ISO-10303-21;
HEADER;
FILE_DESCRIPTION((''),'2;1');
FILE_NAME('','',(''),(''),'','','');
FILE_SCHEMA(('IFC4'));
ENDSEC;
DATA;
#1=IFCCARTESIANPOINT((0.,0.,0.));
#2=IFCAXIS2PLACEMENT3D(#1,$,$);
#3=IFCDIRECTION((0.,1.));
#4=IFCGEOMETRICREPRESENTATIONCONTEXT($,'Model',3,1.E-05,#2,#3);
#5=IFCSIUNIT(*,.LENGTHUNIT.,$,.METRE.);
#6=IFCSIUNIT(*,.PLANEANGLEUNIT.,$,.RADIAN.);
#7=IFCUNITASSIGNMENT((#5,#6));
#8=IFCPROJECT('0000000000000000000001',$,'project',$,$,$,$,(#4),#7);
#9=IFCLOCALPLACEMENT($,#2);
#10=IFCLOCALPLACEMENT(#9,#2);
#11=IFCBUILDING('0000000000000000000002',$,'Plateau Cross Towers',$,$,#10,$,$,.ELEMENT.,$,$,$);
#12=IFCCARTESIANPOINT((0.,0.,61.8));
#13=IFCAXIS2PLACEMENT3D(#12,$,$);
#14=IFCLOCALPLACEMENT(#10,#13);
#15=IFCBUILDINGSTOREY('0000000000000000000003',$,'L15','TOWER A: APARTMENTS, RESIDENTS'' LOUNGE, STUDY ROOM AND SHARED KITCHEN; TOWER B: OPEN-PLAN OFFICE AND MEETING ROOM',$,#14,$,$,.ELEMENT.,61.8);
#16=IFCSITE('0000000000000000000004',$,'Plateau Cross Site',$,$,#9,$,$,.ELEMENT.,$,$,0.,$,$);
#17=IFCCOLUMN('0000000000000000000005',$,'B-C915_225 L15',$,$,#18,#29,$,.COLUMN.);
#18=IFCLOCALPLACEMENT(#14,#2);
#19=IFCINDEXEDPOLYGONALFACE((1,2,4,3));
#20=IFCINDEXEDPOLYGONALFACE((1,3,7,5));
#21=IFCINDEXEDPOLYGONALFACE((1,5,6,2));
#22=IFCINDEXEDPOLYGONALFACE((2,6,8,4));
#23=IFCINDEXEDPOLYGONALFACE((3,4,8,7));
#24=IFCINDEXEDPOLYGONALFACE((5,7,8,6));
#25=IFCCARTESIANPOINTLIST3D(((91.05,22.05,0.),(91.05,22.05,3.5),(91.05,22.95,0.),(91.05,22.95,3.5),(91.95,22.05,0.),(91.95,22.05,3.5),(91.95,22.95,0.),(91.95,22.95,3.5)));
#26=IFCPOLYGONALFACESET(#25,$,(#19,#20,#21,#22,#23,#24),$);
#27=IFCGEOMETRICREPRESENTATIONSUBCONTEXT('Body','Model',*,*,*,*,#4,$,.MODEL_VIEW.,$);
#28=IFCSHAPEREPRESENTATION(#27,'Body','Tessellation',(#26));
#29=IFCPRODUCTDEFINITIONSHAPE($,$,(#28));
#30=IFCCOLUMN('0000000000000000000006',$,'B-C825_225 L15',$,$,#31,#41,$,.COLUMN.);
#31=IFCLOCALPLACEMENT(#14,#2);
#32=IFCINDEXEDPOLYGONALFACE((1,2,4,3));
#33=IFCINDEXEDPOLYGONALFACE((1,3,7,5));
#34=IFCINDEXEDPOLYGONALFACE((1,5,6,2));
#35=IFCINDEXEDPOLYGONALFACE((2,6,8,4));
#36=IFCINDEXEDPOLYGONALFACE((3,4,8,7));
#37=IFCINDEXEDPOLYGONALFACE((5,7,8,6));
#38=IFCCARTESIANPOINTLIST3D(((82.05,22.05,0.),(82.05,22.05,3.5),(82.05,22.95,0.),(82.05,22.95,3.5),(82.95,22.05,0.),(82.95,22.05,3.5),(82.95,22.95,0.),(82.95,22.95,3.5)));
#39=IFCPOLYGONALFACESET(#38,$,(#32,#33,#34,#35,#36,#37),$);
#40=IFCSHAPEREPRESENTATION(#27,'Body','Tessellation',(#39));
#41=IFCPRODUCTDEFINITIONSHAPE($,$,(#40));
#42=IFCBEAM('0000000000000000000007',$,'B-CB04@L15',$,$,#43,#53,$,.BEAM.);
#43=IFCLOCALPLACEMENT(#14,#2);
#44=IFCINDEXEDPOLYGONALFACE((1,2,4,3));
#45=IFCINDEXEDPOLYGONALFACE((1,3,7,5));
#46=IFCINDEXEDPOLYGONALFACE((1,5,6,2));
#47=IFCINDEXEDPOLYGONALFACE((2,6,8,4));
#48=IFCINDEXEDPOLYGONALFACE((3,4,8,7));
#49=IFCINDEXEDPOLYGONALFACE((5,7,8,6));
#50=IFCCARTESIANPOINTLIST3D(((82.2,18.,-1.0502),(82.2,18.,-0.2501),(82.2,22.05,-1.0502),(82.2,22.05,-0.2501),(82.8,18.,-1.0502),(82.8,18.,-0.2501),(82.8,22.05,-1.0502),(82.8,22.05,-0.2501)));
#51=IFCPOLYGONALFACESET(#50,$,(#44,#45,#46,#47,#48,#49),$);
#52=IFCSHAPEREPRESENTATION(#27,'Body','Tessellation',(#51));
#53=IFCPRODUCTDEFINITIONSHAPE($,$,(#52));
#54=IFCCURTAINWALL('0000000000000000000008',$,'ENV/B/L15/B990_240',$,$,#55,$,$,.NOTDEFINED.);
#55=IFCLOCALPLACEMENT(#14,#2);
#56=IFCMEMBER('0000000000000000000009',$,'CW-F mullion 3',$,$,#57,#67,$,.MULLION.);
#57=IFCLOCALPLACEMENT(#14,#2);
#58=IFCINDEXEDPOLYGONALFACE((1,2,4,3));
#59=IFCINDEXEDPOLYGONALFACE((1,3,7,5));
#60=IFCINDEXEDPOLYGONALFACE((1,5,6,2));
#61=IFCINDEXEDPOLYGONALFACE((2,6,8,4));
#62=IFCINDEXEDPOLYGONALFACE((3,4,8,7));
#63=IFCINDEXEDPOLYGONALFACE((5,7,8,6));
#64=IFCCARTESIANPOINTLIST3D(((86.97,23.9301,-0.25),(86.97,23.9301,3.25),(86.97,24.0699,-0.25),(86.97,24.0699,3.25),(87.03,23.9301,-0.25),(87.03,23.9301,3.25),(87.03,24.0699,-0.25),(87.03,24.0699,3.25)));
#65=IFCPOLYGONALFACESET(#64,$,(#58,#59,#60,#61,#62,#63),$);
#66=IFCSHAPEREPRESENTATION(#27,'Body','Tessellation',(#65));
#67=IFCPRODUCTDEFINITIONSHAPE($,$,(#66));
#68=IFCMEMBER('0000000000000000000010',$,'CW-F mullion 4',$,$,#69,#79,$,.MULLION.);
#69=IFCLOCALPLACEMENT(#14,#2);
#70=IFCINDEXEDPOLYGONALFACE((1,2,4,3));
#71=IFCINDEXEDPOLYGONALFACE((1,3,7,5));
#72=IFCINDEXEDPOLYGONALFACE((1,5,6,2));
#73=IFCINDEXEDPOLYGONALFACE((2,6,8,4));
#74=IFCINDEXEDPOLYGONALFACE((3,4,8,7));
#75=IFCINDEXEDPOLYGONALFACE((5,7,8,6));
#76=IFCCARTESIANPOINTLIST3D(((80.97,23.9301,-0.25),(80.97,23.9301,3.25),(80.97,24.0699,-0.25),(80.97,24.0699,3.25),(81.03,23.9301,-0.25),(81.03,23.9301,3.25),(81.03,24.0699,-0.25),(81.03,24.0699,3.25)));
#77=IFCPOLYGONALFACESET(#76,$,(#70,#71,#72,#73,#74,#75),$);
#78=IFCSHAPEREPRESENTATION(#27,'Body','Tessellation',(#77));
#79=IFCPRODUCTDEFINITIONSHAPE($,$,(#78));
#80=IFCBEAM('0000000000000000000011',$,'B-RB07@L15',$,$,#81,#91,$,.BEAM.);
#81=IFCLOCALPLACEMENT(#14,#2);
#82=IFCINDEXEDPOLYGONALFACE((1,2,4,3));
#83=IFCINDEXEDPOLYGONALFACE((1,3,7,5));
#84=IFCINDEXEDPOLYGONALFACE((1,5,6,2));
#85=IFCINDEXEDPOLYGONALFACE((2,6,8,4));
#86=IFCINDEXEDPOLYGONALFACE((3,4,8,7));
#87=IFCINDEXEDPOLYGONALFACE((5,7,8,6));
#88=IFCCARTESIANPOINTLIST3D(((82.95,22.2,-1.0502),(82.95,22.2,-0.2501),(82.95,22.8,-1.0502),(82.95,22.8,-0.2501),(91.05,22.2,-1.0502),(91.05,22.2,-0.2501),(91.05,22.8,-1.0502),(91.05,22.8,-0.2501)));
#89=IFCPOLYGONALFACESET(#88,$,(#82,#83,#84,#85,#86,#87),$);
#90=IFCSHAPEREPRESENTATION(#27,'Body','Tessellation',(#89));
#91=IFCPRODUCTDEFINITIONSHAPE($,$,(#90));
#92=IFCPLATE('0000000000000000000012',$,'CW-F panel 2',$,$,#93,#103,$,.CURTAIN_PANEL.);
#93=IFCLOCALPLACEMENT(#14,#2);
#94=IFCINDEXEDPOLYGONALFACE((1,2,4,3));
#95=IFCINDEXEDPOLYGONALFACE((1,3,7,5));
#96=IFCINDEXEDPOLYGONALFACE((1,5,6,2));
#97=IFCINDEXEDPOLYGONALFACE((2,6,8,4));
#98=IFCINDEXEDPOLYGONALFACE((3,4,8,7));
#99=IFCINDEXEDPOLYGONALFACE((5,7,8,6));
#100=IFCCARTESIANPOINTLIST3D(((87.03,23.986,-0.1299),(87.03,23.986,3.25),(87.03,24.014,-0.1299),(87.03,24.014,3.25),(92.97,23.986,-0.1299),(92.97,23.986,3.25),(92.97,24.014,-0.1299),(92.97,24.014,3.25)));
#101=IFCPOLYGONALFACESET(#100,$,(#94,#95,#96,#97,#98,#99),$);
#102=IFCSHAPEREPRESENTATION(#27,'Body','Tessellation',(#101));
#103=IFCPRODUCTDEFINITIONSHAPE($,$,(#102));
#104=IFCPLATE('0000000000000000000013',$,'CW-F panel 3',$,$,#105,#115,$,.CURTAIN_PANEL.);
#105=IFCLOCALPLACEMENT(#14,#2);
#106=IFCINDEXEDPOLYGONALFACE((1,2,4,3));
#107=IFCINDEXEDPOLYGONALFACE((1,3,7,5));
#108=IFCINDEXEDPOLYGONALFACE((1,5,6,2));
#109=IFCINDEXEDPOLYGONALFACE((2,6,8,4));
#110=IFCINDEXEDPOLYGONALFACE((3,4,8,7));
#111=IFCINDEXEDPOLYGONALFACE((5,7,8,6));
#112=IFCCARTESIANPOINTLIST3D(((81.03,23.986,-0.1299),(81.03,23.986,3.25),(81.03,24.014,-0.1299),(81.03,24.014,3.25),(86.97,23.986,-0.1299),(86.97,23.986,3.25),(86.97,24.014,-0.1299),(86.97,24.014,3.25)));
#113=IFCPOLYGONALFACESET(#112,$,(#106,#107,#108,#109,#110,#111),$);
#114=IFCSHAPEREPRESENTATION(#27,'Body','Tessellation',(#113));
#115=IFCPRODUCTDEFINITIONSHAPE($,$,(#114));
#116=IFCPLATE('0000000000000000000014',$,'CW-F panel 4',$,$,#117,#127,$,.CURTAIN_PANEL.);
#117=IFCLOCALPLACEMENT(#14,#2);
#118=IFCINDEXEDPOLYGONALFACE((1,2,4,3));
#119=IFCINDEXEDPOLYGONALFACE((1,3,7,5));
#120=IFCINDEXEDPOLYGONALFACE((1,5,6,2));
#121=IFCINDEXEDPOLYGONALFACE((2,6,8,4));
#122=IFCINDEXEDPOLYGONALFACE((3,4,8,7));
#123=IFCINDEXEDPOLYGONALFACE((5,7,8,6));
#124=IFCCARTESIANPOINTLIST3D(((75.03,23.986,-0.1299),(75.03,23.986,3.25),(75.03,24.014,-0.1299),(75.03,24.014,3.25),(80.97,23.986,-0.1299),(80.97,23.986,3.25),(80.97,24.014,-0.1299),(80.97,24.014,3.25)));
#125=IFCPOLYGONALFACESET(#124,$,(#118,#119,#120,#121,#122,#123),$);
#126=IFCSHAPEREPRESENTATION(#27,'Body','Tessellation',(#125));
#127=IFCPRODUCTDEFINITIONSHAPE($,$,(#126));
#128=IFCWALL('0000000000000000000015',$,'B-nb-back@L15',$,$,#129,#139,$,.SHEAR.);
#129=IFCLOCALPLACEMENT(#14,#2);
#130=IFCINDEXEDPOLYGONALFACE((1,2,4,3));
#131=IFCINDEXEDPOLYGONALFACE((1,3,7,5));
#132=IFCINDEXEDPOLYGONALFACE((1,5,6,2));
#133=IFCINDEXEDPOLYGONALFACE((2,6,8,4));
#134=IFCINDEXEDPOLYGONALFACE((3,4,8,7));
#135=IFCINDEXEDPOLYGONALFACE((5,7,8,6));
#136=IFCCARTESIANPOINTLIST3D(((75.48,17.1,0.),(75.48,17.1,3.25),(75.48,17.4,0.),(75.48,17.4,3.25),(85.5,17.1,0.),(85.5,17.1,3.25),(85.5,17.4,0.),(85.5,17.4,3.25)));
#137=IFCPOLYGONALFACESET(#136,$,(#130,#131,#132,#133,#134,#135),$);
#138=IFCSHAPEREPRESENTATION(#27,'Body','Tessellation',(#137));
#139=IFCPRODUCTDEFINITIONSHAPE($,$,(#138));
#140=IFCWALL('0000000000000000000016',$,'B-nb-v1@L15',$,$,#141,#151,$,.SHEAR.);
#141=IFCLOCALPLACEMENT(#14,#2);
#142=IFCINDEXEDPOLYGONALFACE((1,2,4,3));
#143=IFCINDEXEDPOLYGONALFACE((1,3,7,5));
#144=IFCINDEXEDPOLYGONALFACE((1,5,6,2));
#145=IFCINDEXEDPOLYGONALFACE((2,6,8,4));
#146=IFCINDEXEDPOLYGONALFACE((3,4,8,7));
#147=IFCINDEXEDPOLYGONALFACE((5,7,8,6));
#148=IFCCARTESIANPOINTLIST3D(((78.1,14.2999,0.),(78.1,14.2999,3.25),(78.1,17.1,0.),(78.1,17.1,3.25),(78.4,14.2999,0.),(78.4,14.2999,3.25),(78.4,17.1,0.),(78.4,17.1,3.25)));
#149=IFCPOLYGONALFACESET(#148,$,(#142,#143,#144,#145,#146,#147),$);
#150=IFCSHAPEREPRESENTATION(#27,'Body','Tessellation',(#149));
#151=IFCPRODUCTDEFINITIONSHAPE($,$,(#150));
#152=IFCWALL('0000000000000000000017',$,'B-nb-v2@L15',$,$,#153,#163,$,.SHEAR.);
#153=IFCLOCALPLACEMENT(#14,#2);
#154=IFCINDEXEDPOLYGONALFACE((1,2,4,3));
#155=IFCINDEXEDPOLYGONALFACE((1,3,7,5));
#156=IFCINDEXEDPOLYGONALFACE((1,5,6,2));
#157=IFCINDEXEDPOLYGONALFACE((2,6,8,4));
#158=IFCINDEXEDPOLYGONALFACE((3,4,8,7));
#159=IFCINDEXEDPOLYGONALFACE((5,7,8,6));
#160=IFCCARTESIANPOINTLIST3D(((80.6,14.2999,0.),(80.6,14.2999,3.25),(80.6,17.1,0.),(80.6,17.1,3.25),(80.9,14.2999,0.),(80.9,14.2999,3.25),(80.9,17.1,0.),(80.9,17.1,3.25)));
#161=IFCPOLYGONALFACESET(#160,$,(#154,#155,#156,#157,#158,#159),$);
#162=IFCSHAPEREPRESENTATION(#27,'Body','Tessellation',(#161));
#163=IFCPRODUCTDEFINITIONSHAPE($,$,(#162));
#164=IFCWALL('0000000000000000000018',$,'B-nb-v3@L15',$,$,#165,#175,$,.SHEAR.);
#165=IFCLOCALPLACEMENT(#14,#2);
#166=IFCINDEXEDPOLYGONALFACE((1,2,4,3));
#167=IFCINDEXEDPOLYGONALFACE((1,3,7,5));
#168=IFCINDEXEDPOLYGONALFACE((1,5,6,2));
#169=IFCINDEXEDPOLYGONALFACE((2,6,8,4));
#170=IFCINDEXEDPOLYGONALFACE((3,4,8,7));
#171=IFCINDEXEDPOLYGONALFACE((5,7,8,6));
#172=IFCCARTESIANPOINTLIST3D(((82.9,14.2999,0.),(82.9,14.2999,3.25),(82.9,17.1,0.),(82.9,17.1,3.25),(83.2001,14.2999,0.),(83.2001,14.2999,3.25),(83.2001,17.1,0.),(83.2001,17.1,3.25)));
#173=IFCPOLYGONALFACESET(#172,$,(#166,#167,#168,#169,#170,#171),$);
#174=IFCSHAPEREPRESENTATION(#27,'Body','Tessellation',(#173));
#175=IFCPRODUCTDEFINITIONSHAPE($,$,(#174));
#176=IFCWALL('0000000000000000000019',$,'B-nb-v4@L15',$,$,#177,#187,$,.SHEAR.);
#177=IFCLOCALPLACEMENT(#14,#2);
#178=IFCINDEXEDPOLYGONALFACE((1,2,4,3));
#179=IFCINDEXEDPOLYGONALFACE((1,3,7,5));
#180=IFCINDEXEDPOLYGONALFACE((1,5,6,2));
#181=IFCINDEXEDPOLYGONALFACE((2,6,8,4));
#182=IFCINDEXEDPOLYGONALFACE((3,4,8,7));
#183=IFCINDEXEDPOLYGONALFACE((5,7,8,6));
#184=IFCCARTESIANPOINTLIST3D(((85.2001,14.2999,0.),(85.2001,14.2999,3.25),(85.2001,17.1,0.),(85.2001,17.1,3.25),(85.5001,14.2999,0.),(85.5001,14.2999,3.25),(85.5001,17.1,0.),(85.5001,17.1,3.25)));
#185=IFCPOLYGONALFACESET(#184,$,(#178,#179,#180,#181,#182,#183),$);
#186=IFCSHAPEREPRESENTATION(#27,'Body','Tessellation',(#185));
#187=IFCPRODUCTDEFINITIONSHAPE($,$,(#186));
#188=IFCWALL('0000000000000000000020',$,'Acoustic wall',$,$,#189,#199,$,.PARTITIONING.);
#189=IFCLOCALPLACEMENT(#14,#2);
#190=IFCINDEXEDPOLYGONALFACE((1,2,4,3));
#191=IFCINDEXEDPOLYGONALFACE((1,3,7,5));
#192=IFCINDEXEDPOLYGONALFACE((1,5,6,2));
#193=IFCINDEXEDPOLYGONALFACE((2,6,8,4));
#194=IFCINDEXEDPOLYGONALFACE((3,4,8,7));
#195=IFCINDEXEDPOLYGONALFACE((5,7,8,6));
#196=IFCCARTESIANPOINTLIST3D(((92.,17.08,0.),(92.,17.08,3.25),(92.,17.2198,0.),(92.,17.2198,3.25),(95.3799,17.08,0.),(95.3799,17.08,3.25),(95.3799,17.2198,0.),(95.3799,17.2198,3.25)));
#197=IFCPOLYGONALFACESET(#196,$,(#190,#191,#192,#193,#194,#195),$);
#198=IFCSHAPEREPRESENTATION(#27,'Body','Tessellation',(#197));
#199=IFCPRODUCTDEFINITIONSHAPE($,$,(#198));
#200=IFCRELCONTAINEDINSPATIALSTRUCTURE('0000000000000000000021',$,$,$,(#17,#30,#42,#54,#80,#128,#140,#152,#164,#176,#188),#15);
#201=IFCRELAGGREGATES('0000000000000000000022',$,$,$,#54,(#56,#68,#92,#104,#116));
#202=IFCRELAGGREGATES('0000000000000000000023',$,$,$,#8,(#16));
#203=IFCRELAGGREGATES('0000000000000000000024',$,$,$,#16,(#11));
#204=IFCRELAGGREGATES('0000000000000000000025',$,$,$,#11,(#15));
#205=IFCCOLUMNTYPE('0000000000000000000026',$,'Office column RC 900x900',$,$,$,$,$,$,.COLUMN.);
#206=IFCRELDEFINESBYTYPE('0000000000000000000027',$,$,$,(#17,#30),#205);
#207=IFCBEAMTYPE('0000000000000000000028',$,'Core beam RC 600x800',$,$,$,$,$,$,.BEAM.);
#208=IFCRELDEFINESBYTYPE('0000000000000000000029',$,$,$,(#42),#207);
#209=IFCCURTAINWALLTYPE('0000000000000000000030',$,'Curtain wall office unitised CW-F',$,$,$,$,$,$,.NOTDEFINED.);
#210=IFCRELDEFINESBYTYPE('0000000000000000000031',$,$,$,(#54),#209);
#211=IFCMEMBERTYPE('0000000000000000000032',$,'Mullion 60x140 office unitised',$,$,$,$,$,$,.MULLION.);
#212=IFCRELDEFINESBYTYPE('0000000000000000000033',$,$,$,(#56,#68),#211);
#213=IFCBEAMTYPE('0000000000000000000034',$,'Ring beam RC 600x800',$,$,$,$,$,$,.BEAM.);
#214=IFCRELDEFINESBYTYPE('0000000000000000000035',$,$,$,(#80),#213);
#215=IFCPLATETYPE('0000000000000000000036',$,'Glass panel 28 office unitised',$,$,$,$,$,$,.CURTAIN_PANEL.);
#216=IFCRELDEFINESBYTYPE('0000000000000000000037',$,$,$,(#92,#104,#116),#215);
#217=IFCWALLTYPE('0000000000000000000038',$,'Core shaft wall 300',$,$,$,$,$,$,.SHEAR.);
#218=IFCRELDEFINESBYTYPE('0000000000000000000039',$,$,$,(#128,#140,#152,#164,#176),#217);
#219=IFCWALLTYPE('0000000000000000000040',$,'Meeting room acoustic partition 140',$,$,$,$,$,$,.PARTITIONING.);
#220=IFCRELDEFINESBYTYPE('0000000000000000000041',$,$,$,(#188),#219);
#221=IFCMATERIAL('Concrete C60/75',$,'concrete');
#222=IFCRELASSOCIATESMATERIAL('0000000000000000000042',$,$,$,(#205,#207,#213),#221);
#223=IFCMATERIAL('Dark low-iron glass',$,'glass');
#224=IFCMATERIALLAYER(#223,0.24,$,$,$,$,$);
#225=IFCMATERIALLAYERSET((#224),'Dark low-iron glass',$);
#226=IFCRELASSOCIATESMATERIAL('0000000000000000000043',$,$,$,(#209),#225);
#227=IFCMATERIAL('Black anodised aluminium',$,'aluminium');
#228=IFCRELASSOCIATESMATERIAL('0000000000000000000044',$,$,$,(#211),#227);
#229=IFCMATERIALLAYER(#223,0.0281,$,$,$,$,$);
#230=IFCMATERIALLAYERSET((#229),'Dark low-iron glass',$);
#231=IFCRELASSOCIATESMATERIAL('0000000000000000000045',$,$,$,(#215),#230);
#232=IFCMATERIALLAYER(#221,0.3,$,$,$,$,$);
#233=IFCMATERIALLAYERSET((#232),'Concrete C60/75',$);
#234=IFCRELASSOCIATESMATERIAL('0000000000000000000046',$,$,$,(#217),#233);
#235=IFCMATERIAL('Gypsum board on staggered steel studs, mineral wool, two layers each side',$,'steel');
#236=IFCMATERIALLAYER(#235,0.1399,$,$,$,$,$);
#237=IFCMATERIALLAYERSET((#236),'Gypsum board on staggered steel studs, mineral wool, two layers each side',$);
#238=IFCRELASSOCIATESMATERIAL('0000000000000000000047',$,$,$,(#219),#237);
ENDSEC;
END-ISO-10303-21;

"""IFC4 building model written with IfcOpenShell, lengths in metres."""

from ifc_helpers import new_model, si_unit, direction, frame, frame_2d, origin, origin_2d, place, context, subcontext, project, spatial, rectangle, extrude, material, layer, layer_set, material_profile, profile_set, type_object, element, aggregate, save


model = new_model("IFC4")

# Units and contexts
model_context = context("Model", 3, precision=1e-05, world=origin(), true_north=direction((0.0, 1.0)))
body_context = subcontext(model_context, "Body", "Model", "MODEL_VIEW")
ifc_project = project(units=[si_unit("LENGTHUNIT", "METRE"), si_unit("PLANEANGLEUNIT", "RADIAN")], contexts=[model_context])

# Site, building, storey
site_placement = place(None, origin())
site = spatial("IfcSite", under=ifc_project, at=site_placement, Name="Plateau Cross Site", CompositionType="ELEMENT", RefElevation=0.0)
building_placement = place(site_placement, origin())
building = spatial("IfcBuilding", under=site, at=building_placement, Name="Plateau Cross Towers", CompositionType="ELEMENT")
storey_placement = place(building_placement, frame((0.0, 0.0, 61.8)))
storey = spatial("IfcBuildingStorey", under=building, at=storey_placement, Name="L15", Description="TOWER A: APARTMENTS, RESIDENTS' LOUNGE, STUDY ROOM AND SHARED KITCHEN; TOWER B: OPEN-PLAN OFFICE AND MEETING ROOM", CompositionType="ELEMENT", Elevation=61.8)

# Columns
ifc_material_1 = material(Name="Concrete C60/75", Category="concrete")
ifc_material_profile_1 = material_profile(ifc_material_1, rectangle(XDim=0.8999, YDim=0.8999, at=origin_2d()), Name="RC 900x900")
ifc_profile_set_1 = profile_set([ifc_material_profile_1], Name="Concrete C60/75")
column_type = type_object("IfcColumnType", Name="Office column RC 900x900", PredefinedType="COLUMN", material=ifc_profile_set_1)
for number, where, z_axis, x_axis, name in (
    (1, (91.5, 22.5, 0.0), (0.0, 0.0, 1.0), (1.0, 0.0, 0.0), "B-C915_225 L15"),
    (2, (82.5, 22.5, 0.0), (0.0, 0.0, 1.0), (1.0, 0.0, 0.0), "B-C825_225 L15"),
):
    element("IfcColumn", number, at=place(storey_placement, frame(where, z_axis=z_axis, x_axis=x_axis)), inside=storey, type_object=column_type, Name=name, PredefinedType="COLUMN", context=body_context, shape_type="SweptSolid", body=[
        extrude(rectangle(XDim=0.8999, YDim=0.8999, at=origin_2d()), origin(), (0.0, 0.0, 1.0), 3.5),
    ])

# Beam
ifc_material_profile_2 = material_profile(ifc_material_1, rectangle(XDim=0.6001, YDim=0.8, at=origin_2d()), Name="RC 600x800")
ifc_profile_set_2 = profile_set([ifc_material_profile_2], Name="Concrete C60/75")
beam_type_1 = type_object("IfcBeamType", Name="Core beam RC 600x800", PredefinedType="BEAM", material=ifc_profile_set_2)
beam_1_placement = place(storey_placement, frame((82.5, 18.0, -0.6501), z_axis=(0.0, 1.0, 0.0), x_axis=(-1.0, 0.0, 0.0)))
element("IfcBeam", 3, at=beam_1_placement, inside=storey, type_object=beam_type_1, Name="B-CB04@L15", PredefinedType="BEAM", context=body_context, shape_type="SweptSolid", body=[
    extrude(rectangle(XDim=0.6001, YDim=0.8, at=origin_2d()), origin(), (0.0, 0.0, 1.0), 4.05),
])

# Curtain wall, members
ifc_material_2 = material(Name="Dark low-iron glass", Category="glass")
ifc_layer_1 = layer(ifc_material_2, 0.24)
ifc_layer_set_1 = layer_set([ifc_layer_1], Name="Dark low-iron glass")
curtain_wall_type = type_object("IfcCurtainWallType", Name="Curtain wall office unitised CW-F", PredefinedType="NOTDEFINED", material=ifc_layer_set_1)
curtain_wall_placement = place(storey_placement, origin())
curtain_wall = element("IfcCurtainWall", 4, at=curtain_wall_placement, inside=storey, type_object=curtain_wall_type, Name="ENV/B/L15/B990_240", PredefinedType="NOTDEFINED")
ifc_material_3 = material(Name="Black anodised aluminium", Category="aluminium")
ifc_material_profile_3 = material_profile(ifc_material_3, rectangle(XDim=0.0601, YDim=0.1399, at=origin_2d()), Name="MULLION 60x140")
ifc_profile_set_3 = profile_set([ifc_material_profile_3], Name="Black anodised aluminium")
member_type = type_object("IfcMemberType", Name="Mullion 60x140 office unitised", PredefinedType="MULLION", material=ifc_profile_set_3)
member_1_placement = place(storey_placement, frame((87.0, 24.0, -0.25), z_axis=(0.0, 0.0, 1.0), x_axis=(-1.0, 0.0, 0.0)))
member_1 = element("IfcMember", 5, at=member_1_placement, type_object=member_type, Name="CW-F mullion 3", PredefinedType="MULLION", context=body_context, shape_type="SweptSolid", body=[
    extrude(rectangle(XDim=0.0601, YDim=0.1399, at=origin_2d()), origin(), (0.0, 0.0, 1.0), 3.5),
])
member_2_placement = place(storey_placement, frame((81.0, 24.0, -0.25), z_axis=(0.0, 0.0, 1.0), x_axis=(-1.0, 0.0, 0.0)))
member_2 = element("IfcMember", 6, at=member_2_placement, type_object=member_type, Name="CW-F mullion 4", PredefinedType="MULLION", context=body_context, shape_type="SweptSolid", body=[
    extrude(rectangle(XDim=0.0601, YDim=0.1399, at=origin_2d()), origin(), (0.0, 0.0, 1.0), 3.5),
])

# Beam
ifc_material_profile_4 = material_profile(ifc_material_1, rectangle(XDim=0.6001, YDim=0.8, at=origin_2d()), Name="RC 600x800")
ifc_profile_set_4 = profile_set([ifc_material_profile_4], Name="Concrete C60/75")
beam_type_2 = type_object("IfcBeamType", Name="Ring beam RC 600x800", PredefinedType="BEAM", material=ifc_profile_set_4)
beam_2_placement = place(storey_placement, frame((91.05, 22.5, -0.6501), z_axis=(-1.0, 0.0, 0.0), x_axis=(0.0, -1.0, 0.0)))
element("IfcBeam", 7, at=beam_2_placement, inside=storey, type_object=beam_type_2, Name="B-RB07@L15", PredefinedType="BEAM", context=body_context, shape_type="SweptSolid", body=[
    extrude(rectangle(XDim=0.6001, YDim=0.8, at=origin_2d()), origin(), (0.0, 0.0, 1.0), 8.1001),
])

# Plates
ifc_layer_2 = layer(ifc_material_2, 0.0281)
ifc_layer_set_2 = layer_set([ifc_layer_2], Name="Dark low-iron glass")
plate_type = type_object("IfcPlateType", Name="Glass panel 28 office unitised", PredefinedType="CURTAIN_PANEL", material=ifc_layer_set_2)
plate_1_placement = place(storey_placement, frame((90.0, 24.0, -0.1299), z_axis=(0.0, 0.0, 1.0), x_axis=(-1.0, 0.0, 0.0)))
plate_1 = element("IfcPlate", 8, at=plate_1_placement, type_object=plate_type, Name="CW-F panel 2", PredefinedType="CURTAIN_PANEL", context=body_context, shape_type="SweptSolid", body=[
    extrude(rectangle(XDim=5.9399, YDim=0.0281, at=origin_2d()), origin(), (0.0, 0.0, 1.0), 3.3799),
])
plate_2_placement = place(storey_placement, frame((84.0, 24.0, -0.1299), z_axis=(0.0, 0.0, 1.0), x_axis=(-1.0, 0.0, 0.0)))
plate_2 = element("IfcPlate", 9, at=plate_2_placement, type_object=plate_type, Name="CW-F panel 3", PredefinedType="CURTAIN_PANEL", context=body_context, shape_type="SweptSolid", body=[
    extrude(rectangle(XDim=5.9399, YDim=0.0281, at=origin_2d()), origin(), (0.0, 0.0, 1.0), 3.3799),
])
plate_3_placement = place(storey_placement, frame((78.0, 24.0, -0.1299), z_axis=(0.0, 0.0, 1.0), x_axis=(-1.0, 0.0, 0.0)))
plate_3 = element("IfcPlate", 10, at=plate_3_placement, type_object=plate_type, Name="CW-F panel 4", PredefinedType="CURTAIN_PANEL", context=body_context, shape_type="SweptSolid", body=[
    extrude(rectangle(XDim=5.9399, YDim=0.0281, at=origin_2d()), origin(), (0.0, 0.0, 1.0), 3.3799),
])
aggregate(curtain_wall, [member_1, member_2, plate_1, plate_2, plate_3])

# Walls
ifc_layer_3 = layer(ifc_material_1, 0.3)
ifc_layer_set_3 = layer_set([ifc_layer_3], Name="Concrete C60/75")
wall_type_1 = type_object("IfcWallType", Name="Core shaft wall 300", PredefinedType="SHEAR", material=ifc_layer_set_3)
wall_1_placement = place(storey_placement, frame((75.48, 17.25, 0.0), z_axis=(0.0, 0.0, 1.0), x_axis=(1.0, 0.0, 0.0)))
element("IfcWall", 11, at=wall_1_placement, inside=storey, type_object=wall_type_1, Name="B-nb-back@L15", PredefinedType="SHEAR", context=body_context, shape_type="SweptSolid", body=[
    extrude(rectangle(XDim=10.02, YDim=0.3, at=frame_2d((5.01, 0.0))), origin(), (0.0, 0.0, 1.0), 3.25),
])
for number, where, z_axis, x_axis, name in (
    (12, (78.25, 14.3, 0.0), (0.0, 0.0, 1.0), (0.0, 1.0, 0.0), "B-nb-v1@L15"),
    (13, (80.75, 14.3, 0.0), (0.0, 0.0, 1.0), (0.0, 1.0, 0.0), "B-nb-v2@L15"),
    (14, (83.05, 14.3, 0.0), (0.0, 0.0, 1.0), (0.0, 1.0, 0.0), "B-nb-v3@L15"),
    (15, (85.3501, 14.3, 0.0), (0.0, 0.0, 1.0), (0.0, 1.0, 0.0), "B-nb-v4@L15"),
):
    element("IfcWall", number, at=place(storey_placement, frame(where, z_axis=z_axis, x_axis=x_axis)), inside=storey, type_object=wall_type_1, Name=name, PredefinedType="SHEAR", context=body_context, shape_type="SweptSolid", body=[
        extrude(rectangle(XDim=2.8, YDim=0.3, at=frame_2d((1.3999, 0.0))), origin(), (0.0, 0.0, 1.0), 3.25),
    ])
ifc_material_4 = material(Name="Gypsum board on staggered steel studs, mineral wool, two layers each side", Category="steel")
ifc_layer_4 = layer(ifc_material_4, 0.1399)
ifc_layer_set_4 = layer_set([ifc_layer_4], Name="Gypsum board on staggered steel studs, mineral wool, two layers each side")
wall_type_2 = type_object("IfcWallType", Name="Meeting room acoustic partition 140", PredefinedType="PARTITIONING", material=ifc_layer_set_4)
wall_2_placement = place(storey_placement, frame((92.0, 17.1499, 0.0), z_axis=(0.0, 0.0, 1.0), x_axis=(1.0, 0.0, 0.0)))
element("IfcWall", 16, at=wall_2_placement, inside=storey, type_object=wall_type_2, Name="Acoustic wall", PredefinedType="PARTITIONING", context=body_context, shape_type="SweptSolid", body=[
    extrude(rectangle(XDim=3.3799, YDim=0.1399, at=frame_2d((1.6899, 0.0))), origin(), (0.0, 0.0, 1.0), 3.25),
])

save(model, "model.ifc")
